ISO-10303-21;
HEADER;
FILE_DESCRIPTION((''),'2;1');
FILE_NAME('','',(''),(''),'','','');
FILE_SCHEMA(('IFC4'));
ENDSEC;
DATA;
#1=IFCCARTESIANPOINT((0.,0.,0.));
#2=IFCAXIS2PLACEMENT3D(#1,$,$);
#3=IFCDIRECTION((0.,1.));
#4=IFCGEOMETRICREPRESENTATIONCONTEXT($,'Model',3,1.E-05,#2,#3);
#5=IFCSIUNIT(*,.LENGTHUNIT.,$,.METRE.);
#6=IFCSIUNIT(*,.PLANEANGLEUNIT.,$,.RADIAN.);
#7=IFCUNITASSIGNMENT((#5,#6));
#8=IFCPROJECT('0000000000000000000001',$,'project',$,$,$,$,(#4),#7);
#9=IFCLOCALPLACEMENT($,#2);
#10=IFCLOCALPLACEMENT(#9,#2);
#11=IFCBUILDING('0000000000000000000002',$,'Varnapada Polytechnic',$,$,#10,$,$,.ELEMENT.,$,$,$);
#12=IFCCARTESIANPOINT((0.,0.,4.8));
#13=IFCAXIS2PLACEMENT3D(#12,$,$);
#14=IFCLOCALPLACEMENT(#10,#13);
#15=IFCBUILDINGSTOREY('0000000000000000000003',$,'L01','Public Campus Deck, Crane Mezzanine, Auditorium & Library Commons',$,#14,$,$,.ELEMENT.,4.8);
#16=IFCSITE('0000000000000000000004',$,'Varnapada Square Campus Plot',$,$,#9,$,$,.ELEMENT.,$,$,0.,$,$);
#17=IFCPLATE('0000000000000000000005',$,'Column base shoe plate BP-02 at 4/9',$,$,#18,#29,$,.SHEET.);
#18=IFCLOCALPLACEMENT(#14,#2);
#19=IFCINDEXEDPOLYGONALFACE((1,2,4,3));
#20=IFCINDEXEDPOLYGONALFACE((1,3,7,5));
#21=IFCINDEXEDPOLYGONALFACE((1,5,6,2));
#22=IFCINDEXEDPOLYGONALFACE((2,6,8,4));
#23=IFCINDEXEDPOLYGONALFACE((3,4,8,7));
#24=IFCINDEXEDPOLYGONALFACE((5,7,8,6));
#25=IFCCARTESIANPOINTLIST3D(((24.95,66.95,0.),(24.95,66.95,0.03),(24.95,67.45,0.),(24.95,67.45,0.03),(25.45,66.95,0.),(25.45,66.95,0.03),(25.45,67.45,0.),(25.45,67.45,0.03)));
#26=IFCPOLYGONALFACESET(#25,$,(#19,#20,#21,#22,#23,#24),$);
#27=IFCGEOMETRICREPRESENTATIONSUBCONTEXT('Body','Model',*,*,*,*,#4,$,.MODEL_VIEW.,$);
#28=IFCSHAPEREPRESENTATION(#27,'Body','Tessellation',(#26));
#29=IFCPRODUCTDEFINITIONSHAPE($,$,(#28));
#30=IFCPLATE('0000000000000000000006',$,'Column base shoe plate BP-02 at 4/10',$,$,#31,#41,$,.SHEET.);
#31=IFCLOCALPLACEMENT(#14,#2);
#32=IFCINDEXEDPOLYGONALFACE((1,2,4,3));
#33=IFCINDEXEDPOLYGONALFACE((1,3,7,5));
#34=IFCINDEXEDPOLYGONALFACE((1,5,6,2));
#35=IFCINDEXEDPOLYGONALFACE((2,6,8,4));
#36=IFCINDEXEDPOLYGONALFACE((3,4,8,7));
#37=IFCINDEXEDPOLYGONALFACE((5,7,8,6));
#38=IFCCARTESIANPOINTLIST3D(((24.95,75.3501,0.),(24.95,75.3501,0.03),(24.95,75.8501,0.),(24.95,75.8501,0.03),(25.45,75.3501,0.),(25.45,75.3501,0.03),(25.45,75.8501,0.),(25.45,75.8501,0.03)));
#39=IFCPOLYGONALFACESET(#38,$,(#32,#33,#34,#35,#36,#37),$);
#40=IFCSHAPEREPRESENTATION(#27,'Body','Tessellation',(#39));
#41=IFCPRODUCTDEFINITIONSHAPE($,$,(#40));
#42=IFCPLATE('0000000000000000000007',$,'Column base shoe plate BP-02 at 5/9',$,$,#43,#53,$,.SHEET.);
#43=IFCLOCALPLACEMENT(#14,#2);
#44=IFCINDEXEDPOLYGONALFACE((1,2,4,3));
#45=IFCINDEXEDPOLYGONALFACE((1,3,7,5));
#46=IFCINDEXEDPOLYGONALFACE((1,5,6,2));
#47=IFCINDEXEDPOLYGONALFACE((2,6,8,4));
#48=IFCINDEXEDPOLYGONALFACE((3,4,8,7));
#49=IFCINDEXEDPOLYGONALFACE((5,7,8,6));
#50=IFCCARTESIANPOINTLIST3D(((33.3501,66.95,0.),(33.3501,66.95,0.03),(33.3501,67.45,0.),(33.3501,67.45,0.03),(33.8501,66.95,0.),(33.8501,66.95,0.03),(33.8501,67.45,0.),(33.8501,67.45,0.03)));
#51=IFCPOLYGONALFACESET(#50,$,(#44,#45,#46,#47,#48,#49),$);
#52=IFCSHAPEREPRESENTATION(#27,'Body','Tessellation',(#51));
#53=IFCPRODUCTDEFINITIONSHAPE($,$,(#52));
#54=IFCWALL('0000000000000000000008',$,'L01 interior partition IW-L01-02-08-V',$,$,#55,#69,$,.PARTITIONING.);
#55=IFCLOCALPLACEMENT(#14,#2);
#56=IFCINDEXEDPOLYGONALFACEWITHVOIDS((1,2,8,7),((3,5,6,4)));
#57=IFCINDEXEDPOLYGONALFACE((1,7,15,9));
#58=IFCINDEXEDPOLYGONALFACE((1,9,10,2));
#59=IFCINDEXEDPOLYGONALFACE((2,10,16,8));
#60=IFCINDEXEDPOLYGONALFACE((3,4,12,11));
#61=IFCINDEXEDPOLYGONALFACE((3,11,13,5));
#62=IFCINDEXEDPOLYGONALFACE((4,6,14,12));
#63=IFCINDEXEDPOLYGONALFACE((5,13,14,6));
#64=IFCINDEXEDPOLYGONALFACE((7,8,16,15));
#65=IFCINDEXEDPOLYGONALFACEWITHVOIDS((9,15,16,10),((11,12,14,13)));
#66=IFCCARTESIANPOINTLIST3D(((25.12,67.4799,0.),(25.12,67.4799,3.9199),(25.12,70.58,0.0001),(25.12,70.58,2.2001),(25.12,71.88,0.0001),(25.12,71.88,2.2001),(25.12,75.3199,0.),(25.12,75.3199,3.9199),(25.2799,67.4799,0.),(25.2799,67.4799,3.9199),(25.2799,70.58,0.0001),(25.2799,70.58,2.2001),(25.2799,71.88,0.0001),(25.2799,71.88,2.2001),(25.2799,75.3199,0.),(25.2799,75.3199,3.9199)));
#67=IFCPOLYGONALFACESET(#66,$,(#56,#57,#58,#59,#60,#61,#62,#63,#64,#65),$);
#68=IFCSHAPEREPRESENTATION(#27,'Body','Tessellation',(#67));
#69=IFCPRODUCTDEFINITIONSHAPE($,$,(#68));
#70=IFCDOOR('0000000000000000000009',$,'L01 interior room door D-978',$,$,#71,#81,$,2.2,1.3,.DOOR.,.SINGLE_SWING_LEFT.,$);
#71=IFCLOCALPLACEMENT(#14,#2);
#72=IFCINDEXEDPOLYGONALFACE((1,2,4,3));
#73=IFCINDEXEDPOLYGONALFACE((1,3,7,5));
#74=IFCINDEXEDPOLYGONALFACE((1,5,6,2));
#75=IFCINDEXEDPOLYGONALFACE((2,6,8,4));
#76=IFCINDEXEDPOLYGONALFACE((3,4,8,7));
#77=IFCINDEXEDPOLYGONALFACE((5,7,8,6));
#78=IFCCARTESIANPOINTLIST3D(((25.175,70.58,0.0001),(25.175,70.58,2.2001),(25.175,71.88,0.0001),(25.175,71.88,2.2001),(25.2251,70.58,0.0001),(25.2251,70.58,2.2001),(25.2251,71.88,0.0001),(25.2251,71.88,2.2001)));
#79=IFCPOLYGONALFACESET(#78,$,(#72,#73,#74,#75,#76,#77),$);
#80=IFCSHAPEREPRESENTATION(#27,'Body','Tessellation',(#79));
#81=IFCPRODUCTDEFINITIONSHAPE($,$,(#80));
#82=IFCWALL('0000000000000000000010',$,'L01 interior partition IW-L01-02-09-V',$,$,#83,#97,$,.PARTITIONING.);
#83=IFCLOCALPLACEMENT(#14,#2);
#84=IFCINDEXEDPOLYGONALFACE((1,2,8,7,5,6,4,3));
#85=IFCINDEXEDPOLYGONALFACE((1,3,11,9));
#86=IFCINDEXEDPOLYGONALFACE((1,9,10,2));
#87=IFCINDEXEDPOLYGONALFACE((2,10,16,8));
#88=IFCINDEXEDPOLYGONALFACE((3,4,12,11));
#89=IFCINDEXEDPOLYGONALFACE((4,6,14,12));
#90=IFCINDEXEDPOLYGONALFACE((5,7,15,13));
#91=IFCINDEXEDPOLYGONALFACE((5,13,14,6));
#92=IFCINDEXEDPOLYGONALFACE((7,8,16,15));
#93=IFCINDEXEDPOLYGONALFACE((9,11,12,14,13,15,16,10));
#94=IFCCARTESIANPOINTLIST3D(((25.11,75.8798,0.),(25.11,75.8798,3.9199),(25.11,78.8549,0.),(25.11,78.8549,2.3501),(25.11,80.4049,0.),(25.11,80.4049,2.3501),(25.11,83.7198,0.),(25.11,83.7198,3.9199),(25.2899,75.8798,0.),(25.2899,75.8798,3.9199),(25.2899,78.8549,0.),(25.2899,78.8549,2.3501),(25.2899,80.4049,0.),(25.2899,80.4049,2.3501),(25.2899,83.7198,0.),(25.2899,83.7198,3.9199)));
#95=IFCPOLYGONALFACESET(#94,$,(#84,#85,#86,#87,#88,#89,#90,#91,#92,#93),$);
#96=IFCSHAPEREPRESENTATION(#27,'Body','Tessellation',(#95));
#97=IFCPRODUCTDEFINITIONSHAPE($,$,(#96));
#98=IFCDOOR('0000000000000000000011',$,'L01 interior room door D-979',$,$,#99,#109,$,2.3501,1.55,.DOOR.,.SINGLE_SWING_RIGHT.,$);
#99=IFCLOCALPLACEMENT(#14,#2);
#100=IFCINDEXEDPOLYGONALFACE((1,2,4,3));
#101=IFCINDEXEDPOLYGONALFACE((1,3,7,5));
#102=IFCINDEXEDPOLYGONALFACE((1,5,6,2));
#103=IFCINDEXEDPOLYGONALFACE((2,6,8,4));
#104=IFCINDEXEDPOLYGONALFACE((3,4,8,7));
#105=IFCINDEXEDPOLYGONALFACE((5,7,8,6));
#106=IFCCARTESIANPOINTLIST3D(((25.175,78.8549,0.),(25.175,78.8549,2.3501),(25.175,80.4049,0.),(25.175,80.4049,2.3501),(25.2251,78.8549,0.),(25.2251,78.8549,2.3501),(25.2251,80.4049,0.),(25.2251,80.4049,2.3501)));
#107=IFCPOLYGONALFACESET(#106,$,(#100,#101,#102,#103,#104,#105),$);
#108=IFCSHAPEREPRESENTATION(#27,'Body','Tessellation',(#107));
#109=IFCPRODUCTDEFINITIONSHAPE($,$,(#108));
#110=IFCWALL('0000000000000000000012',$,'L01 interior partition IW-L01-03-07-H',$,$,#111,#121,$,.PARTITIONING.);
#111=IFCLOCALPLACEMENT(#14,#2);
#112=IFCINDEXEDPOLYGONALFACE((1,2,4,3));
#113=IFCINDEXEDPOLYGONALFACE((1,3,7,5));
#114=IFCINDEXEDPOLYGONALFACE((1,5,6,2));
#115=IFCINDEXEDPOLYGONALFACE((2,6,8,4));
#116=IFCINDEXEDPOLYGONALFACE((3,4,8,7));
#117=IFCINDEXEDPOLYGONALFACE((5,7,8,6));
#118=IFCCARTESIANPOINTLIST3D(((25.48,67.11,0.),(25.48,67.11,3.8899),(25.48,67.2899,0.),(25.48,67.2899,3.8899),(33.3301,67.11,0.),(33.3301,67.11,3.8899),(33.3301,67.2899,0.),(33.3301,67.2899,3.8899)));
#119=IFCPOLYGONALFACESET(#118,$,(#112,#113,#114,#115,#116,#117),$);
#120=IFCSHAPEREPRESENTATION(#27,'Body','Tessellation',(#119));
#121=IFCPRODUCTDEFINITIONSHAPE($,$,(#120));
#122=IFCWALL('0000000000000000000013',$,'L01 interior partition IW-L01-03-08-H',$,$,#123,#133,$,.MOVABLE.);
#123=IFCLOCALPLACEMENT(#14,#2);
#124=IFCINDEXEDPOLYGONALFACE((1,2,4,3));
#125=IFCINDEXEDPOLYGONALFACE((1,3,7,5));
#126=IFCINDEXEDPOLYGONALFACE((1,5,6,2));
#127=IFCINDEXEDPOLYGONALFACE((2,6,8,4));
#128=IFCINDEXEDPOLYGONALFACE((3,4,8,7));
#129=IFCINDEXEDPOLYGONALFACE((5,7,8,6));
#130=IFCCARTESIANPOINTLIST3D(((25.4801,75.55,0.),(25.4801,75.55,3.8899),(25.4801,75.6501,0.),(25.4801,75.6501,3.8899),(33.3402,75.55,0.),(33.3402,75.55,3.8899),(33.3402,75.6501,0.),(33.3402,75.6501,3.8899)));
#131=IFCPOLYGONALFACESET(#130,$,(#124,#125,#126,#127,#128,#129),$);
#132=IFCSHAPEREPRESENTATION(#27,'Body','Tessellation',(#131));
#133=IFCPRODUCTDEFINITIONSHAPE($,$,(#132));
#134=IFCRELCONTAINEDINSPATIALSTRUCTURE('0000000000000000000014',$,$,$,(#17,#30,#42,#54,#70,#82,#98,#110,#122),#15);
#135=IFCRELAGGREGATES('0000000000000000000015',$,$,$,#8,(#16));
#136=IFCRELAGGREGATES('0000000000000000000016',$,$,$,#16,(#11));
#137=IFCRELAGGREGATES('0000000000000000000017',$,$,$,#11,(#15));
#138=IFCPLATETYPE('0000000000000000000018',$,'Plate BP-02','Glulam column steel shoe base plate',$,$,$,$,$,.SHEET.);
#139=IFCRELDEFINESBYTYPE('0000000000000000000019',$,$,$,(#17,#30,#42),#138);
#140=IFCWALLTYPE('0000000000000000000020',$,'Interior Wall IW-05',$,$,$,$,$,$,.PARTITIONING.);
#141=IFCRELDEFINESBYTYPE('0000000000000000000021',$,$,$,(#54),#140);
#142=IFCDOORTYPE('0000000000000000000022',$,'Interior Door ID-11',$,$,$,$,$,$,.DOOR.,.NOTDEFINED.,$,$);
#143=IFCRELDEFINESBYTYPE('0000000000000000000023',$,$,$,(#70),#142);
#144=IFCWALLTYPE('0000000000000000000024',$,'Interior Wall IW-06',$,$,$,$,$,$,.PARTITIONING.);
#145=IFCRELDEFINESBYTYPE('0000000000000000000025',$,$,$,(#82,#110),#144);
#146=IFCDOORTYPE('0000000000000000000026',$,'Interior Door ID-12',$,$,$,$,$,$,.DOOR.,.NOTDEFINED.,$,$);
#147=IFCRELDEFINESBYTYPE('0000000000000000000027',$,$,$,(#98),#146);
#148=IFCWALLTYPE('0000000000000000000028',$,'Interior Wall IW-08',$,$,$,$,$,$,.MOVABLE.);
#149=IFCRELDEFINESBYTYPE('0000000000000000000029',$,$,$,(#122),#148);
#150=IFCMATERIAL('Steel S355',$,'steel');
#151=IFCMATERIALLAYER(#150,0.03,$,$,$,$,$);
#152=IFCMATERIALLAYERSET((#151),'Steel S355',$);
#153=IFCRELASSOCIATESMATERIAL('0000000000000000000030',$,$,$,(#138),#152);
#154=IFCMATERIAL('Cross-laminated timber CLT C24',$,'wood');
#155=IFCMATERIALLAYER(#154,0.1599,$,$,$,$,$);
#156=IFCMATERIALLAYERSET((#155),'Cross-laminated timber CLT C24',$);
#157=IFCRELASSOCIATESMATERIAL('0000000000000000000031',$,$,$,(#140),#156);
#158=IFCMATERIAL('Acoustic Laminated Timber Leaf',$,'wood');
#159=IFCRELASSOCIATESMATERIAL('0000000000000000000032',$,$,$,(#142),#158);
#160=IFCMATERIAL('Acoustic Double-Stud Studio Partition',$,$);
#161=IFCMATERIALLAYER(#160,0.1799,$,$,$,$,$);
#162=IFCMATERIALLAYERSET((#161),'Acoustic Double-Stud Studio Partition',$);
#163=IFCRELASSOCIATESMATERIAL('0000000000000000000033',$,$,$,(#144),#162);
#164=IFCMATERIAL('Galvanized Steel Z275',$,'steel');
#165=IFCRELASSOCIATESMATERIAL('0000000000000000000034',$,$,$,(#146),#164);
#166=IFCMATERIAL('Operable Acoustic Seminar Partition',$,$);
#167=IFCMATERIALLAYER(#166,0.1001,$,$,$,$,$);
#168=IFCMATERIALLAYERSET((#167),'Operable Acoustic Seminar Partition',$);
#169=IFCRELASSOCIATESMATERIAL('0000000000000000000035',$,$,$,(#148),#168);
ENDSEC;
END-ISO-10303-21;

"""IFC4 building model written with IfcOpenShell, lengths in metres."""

from ifc_helpers import new_model, si_unit, direction, frame, frame_2d, origin, origin_2d, place, context, subcontext, project, spatial, rectangle, extrude, material, layer, layer_set, type_object, element, fill, save


model = new_model("IFC4")

# Units and contexts
model_context = context("Model", 3, precision=1e-05, world=origin(), true_north=direction((0.0, 1.0)))
body_context = subcontext(model_context, "Body", "Model", "MODEL_VIEW")
ifc_project = project(units=[si_unit("LENGTHUNIT", "METRE"), si_unit("PLANEANGLEUNIT", "RADIAN")], contexts=[model_context])

# Site, building, storey
site_placement = place(None, origin())
site = spatial("IfcSite", under=ifc_project, at=site_placement, Name="Varnapada Square Campus Plot", CompositionType="ELEMENT", RefElevation=0.0)
building_placement = place(site_placement, origin())
building = spatial("IfcBuilding", under=site, at=building_placement, Name="Varnapada Polytechnic", CompositionType="ELEMENT")
storey_placement = place(building_placement, frame((0.0, 0.0, 4.8)))
storey = spatial("IfcBuildingStorey", under=building, at=storey_placement, Name="L01", Description="Public Campus Deck, Crane Mezzanine, Auditorium & Library Commons", CompositionType="ELEMENT", Elevation=4.8)

# Plates
ifc_material_1 = material(Name="Steel S355", Category="steel")
ifc_layer_1 = layer(ifc_material_1, 0.03)
ifc_layer_set_1 = layer_set([ifc_layer_1], Name="Steel S355")
plate_type = type_object("IfcPlateType", Name="Plate BP-02", Description="Glulam column steel shoe base plate", PredefinedType="SHEET", material=ifc_layer_set_1)
for number, where, z_axis, x_axis, name in (
    (1, (25.2, 67.2, 0.0), (0.0, 0.0, 1.0), (1.0, 0.0, 0.0), "Column base shoe plate BP-02 at 4/9"),
    (2, (25.2, 75.6001, 0.0), (0.0, 0.0, 1.0), (1.0, 0.0, 0.0), "Column base shoe plate BP-02 at 4/10"),
    (3, (33.6001, 67.2, 0.0), (0.0, 0.0, 1.0), (1.0, 0.0, 0.0), "Column base shoe plate BP-02 at 5/9"),
):
    element("IfcPlate", number, at=place(storey_placement, frame(where, z_axis=z_axis, x_axis=x_axis)), inside=storey, type_object=plate_type, Name=name, PredefinedType="SHEET", context=body_context, shape_type="SweptSolid", body=[
        extrude(rectangle(XDim=0.5, YDim=0.5, at=origin_2d()), origin(), (0.0, 0.0, 1.0), 0.03),
    ])

# Walls, openings, doors
ifc_material_2 = material(Name="Cross-laminated timber CLT C24", Category="wood")
ifc_layer_2 = layer(ifc_material_2, 0.1599)
ifc_layer_set_2 = layer_set([ifc_layer_2], Name="Cross-laminated timber CLT C24")
wall_type_1 = type_object("IfcWallType", Name="Interior Wall IW-05", PredefinedType="PARTITIONING", material=ifc_layer_set_2)
wall_1_placement = place(storey_placement, frame((25.2, 67.48, 0.0), z_axis=(0.0, 0.0, 1.0), x_axis=(0.0, 1.0, 0.0)))
wall_1 = element("IfcWall", 4, at=wall_1_placement, inside=storey, type_object=wall_type_1, Name="L01 interior partition IW-L01-02-08-V", PredefinedType="PARTITIONING", context=body_context, shape_type="SweptSolid", body=[
    extrude(rectangle(XDim=7.8401, YDim=0.1599, at=frame_2d((3.9199, 0.0))), origin(), (0.0, 0.0, 1.0), 3.9199),
])
opening_1_placement = place(wall_1_placement, frame((3.1001, 0.0, 0.0)))
opening_1 = element("IfcOpeningElement", 5, at=opening_1_placement, cuts=wall_1, PredefinedType="OPENING", context=body_context, shape_type="SweptSolid", body=[
    extrude(rectangle(XDim=1.3, YDim=2.2, at=frame_2d((0.6499, 1.1001))), frame((0.0, 0.0898, 0.0), z_axis=(0.0, -1.0, 0.0), x_axis=(1.0, 0.0, 0.0)), (0.0, 0.0, 1.0), 0.1799),
])
ifc_material_3 = material(Name="Acoustic Laminated Timber Leaf", Category="wood")
door_type_1 = type_object("IfcDoorType", Name="Interior Door ID-11", OperationType="NOTDEFINED", PredefinedType="DOOR", material=ifc_material_3)
door_1_placement = place(opening_1_placement, origin())
door_1 = element("IfcDoor", 6, at=door_1_placement, inside=storey, type_object=door_type_1, Name="L01 interior room door D-978", OperationType="SINGLE_SWING_LEFT", OverallHeight=2.2, OverallWidth=1.3, PredefinedType="DOOR", context=body_context, shape_type="SweptSolid", body=[
    extrude(rectangle(XDim=1.3, YDim=2.2, at=frame_2d((0.6499, 1.1001))), frame((0.0, 0.0249, 0.0), z_axis=(0.0, -1.0, 0.0), x_axis=(1.0, 0.0, 0.0)), (0.0, 0.0, 1.0), 0.05),
])
fill(opening_1, door_1)
ifc_material_4 = material(Name="Acoustic Double-Stud Studio Partition")
ifc_layer_3 = layer(ifc_material_4, 0.1799)
ifc_layer_set_3 = layer_set([ifc_layer_3], Name="Acoustic Double-Stud Studio Partition")
wall_type_2 = type_object("IfcWallType", Name="Interior Wall IW-06", PredefinedType="PARTITIONING", material=ifc_layer_set_3)
wall_2_placement = place(storey_placement, frame((25.2, 75.8799, 0.0), z_axis=(0.0, 0.0, 1.0), x_axis=(0.0, 1.0, 0.0)))
wall_2 = element("IfcWall", 7, at=wall_2_placement, inside=storey, type_object=wall_type_2, Name="L01 interior partition IW-L01-02-09-V", PredefinedType="PARTITIONING", context=body_context, shape_type="SweptSolid", body=[
    extrude(rectangle(XDim=7.8401, YDim=0.1799, at=frame_2d((3.9199, 0.0))), origin(), (0.0, 0.0, 1.0), 3.9199),
])
opening_2_placement = place(wall_2_placement, frame((2.9751, 0.0, 0.0)))
opening_2 = element("IfcOpeningElement", 8, at=opening_2_placement, cuts=wall_2, PredefinedType="OPENING", context=body_context, shape_type="SweptSolid", body=[
    extrude(rectangle(XDim=1.55, YDim=2.3501, at=frame_2d((0.7749, 1.175))), frame((0.0, 0.0999, 0.0), z_axis=(0.0, -1.0, 0.0), x_axis=(1.0, 0.0, 0.0)), (0.0, 0.0, 1.0), 0.2),
])
ifc_material_5 = material(Name="Galvanized Steel Z275", Category="steel")
door_type_2 = type_object("IfcDoorType", Name="Interior Door ID-12", OperationType="NOTDEFINED", PredefinedType="DOOR", material=ifc_material_5)
door_2_placement = place(opening_2_placement, origin())
door_2 = element("IfcDoor", 9, at=door_2_placement, inside=storey, type_object=door_type_2, Name="L01 interior room door D-979", OperationType="SINGLE_SWING_RIGHT", OverallHeight=2.3501, OverallWidth=1.55, PredefinedType="DOOR", context=body_context, shape_type="SweptSolid", body=[
    extrude(rectangle(XDim=1.55, YDim=2.3501, at=frame_2d((0.7749, 1.175))), frame((0.0, 0.0249, 0.0), z_axis=(0.0, -1.0, 0.0), x_axis=(1.0, 0.0, 0.0)), (0.0, 0.0, 1.0), 0.05),
])
fill(opening_2, door_2)

# Walls
wall_3_placement = place(storey_placement, frame((25.48, 67.2, 0.0), z_axis=(0.0, 0.0, 1.0), x_axis=(1.0, 0.0, 0.0)))
element("IfcWall", 10, at=wall_3_placement, inside=storey, type_object=wall_type_2, Name="L01 interior partition IW-L01-03-07-H", PredefinedType="PARTITIONING", context=body_context, shape_type="SweptSolid", body=[
    extrude(rectangle(XDim=7.8501, YDim=0.1799, at=frame_2d((3.925, 0.0))), origin(), (0.0, 0.0, 1.0), 3.8899),
])
ifc_material_6 = material(Name="Operable Acoustic Seminar Partition")
ifc_layer_4 = layer(ifc_material_6, 0.1001)
ifc_layer_set_4 = layer_set([ifc_layer_4], Name="Operable Acoustic Seminar Partition")
wall_type_3 = type_object("IfcWallType", Name="Interior Wall IW-08", PredefinedType="MOVABLE", material=ifc_layer_set_4)
wall_4_placement = place(storey_placement, frame((25.48, 75.6001, 0.0), z_axis=(0.0, 0.0, 1.0), x_axis=(1.0, 0.0, 0.0)))
element("IfcWall", 11, at=wall_4_placement, inside=storey, type_object=wall_type_3, Name="L01 interior partition IW-L01-03-08-H", PredefinedType="MOVABLE", context=body_context, shape_type="SweptSolid", body=[
    extrude(rectangle(XDim=7.8601, YDim=0.1001, at=frame_2d((3.9302, 0.0))), origin(), (0.0, 0.0, 1.0), 3.8899),
])

save(model, "model.ifc")
